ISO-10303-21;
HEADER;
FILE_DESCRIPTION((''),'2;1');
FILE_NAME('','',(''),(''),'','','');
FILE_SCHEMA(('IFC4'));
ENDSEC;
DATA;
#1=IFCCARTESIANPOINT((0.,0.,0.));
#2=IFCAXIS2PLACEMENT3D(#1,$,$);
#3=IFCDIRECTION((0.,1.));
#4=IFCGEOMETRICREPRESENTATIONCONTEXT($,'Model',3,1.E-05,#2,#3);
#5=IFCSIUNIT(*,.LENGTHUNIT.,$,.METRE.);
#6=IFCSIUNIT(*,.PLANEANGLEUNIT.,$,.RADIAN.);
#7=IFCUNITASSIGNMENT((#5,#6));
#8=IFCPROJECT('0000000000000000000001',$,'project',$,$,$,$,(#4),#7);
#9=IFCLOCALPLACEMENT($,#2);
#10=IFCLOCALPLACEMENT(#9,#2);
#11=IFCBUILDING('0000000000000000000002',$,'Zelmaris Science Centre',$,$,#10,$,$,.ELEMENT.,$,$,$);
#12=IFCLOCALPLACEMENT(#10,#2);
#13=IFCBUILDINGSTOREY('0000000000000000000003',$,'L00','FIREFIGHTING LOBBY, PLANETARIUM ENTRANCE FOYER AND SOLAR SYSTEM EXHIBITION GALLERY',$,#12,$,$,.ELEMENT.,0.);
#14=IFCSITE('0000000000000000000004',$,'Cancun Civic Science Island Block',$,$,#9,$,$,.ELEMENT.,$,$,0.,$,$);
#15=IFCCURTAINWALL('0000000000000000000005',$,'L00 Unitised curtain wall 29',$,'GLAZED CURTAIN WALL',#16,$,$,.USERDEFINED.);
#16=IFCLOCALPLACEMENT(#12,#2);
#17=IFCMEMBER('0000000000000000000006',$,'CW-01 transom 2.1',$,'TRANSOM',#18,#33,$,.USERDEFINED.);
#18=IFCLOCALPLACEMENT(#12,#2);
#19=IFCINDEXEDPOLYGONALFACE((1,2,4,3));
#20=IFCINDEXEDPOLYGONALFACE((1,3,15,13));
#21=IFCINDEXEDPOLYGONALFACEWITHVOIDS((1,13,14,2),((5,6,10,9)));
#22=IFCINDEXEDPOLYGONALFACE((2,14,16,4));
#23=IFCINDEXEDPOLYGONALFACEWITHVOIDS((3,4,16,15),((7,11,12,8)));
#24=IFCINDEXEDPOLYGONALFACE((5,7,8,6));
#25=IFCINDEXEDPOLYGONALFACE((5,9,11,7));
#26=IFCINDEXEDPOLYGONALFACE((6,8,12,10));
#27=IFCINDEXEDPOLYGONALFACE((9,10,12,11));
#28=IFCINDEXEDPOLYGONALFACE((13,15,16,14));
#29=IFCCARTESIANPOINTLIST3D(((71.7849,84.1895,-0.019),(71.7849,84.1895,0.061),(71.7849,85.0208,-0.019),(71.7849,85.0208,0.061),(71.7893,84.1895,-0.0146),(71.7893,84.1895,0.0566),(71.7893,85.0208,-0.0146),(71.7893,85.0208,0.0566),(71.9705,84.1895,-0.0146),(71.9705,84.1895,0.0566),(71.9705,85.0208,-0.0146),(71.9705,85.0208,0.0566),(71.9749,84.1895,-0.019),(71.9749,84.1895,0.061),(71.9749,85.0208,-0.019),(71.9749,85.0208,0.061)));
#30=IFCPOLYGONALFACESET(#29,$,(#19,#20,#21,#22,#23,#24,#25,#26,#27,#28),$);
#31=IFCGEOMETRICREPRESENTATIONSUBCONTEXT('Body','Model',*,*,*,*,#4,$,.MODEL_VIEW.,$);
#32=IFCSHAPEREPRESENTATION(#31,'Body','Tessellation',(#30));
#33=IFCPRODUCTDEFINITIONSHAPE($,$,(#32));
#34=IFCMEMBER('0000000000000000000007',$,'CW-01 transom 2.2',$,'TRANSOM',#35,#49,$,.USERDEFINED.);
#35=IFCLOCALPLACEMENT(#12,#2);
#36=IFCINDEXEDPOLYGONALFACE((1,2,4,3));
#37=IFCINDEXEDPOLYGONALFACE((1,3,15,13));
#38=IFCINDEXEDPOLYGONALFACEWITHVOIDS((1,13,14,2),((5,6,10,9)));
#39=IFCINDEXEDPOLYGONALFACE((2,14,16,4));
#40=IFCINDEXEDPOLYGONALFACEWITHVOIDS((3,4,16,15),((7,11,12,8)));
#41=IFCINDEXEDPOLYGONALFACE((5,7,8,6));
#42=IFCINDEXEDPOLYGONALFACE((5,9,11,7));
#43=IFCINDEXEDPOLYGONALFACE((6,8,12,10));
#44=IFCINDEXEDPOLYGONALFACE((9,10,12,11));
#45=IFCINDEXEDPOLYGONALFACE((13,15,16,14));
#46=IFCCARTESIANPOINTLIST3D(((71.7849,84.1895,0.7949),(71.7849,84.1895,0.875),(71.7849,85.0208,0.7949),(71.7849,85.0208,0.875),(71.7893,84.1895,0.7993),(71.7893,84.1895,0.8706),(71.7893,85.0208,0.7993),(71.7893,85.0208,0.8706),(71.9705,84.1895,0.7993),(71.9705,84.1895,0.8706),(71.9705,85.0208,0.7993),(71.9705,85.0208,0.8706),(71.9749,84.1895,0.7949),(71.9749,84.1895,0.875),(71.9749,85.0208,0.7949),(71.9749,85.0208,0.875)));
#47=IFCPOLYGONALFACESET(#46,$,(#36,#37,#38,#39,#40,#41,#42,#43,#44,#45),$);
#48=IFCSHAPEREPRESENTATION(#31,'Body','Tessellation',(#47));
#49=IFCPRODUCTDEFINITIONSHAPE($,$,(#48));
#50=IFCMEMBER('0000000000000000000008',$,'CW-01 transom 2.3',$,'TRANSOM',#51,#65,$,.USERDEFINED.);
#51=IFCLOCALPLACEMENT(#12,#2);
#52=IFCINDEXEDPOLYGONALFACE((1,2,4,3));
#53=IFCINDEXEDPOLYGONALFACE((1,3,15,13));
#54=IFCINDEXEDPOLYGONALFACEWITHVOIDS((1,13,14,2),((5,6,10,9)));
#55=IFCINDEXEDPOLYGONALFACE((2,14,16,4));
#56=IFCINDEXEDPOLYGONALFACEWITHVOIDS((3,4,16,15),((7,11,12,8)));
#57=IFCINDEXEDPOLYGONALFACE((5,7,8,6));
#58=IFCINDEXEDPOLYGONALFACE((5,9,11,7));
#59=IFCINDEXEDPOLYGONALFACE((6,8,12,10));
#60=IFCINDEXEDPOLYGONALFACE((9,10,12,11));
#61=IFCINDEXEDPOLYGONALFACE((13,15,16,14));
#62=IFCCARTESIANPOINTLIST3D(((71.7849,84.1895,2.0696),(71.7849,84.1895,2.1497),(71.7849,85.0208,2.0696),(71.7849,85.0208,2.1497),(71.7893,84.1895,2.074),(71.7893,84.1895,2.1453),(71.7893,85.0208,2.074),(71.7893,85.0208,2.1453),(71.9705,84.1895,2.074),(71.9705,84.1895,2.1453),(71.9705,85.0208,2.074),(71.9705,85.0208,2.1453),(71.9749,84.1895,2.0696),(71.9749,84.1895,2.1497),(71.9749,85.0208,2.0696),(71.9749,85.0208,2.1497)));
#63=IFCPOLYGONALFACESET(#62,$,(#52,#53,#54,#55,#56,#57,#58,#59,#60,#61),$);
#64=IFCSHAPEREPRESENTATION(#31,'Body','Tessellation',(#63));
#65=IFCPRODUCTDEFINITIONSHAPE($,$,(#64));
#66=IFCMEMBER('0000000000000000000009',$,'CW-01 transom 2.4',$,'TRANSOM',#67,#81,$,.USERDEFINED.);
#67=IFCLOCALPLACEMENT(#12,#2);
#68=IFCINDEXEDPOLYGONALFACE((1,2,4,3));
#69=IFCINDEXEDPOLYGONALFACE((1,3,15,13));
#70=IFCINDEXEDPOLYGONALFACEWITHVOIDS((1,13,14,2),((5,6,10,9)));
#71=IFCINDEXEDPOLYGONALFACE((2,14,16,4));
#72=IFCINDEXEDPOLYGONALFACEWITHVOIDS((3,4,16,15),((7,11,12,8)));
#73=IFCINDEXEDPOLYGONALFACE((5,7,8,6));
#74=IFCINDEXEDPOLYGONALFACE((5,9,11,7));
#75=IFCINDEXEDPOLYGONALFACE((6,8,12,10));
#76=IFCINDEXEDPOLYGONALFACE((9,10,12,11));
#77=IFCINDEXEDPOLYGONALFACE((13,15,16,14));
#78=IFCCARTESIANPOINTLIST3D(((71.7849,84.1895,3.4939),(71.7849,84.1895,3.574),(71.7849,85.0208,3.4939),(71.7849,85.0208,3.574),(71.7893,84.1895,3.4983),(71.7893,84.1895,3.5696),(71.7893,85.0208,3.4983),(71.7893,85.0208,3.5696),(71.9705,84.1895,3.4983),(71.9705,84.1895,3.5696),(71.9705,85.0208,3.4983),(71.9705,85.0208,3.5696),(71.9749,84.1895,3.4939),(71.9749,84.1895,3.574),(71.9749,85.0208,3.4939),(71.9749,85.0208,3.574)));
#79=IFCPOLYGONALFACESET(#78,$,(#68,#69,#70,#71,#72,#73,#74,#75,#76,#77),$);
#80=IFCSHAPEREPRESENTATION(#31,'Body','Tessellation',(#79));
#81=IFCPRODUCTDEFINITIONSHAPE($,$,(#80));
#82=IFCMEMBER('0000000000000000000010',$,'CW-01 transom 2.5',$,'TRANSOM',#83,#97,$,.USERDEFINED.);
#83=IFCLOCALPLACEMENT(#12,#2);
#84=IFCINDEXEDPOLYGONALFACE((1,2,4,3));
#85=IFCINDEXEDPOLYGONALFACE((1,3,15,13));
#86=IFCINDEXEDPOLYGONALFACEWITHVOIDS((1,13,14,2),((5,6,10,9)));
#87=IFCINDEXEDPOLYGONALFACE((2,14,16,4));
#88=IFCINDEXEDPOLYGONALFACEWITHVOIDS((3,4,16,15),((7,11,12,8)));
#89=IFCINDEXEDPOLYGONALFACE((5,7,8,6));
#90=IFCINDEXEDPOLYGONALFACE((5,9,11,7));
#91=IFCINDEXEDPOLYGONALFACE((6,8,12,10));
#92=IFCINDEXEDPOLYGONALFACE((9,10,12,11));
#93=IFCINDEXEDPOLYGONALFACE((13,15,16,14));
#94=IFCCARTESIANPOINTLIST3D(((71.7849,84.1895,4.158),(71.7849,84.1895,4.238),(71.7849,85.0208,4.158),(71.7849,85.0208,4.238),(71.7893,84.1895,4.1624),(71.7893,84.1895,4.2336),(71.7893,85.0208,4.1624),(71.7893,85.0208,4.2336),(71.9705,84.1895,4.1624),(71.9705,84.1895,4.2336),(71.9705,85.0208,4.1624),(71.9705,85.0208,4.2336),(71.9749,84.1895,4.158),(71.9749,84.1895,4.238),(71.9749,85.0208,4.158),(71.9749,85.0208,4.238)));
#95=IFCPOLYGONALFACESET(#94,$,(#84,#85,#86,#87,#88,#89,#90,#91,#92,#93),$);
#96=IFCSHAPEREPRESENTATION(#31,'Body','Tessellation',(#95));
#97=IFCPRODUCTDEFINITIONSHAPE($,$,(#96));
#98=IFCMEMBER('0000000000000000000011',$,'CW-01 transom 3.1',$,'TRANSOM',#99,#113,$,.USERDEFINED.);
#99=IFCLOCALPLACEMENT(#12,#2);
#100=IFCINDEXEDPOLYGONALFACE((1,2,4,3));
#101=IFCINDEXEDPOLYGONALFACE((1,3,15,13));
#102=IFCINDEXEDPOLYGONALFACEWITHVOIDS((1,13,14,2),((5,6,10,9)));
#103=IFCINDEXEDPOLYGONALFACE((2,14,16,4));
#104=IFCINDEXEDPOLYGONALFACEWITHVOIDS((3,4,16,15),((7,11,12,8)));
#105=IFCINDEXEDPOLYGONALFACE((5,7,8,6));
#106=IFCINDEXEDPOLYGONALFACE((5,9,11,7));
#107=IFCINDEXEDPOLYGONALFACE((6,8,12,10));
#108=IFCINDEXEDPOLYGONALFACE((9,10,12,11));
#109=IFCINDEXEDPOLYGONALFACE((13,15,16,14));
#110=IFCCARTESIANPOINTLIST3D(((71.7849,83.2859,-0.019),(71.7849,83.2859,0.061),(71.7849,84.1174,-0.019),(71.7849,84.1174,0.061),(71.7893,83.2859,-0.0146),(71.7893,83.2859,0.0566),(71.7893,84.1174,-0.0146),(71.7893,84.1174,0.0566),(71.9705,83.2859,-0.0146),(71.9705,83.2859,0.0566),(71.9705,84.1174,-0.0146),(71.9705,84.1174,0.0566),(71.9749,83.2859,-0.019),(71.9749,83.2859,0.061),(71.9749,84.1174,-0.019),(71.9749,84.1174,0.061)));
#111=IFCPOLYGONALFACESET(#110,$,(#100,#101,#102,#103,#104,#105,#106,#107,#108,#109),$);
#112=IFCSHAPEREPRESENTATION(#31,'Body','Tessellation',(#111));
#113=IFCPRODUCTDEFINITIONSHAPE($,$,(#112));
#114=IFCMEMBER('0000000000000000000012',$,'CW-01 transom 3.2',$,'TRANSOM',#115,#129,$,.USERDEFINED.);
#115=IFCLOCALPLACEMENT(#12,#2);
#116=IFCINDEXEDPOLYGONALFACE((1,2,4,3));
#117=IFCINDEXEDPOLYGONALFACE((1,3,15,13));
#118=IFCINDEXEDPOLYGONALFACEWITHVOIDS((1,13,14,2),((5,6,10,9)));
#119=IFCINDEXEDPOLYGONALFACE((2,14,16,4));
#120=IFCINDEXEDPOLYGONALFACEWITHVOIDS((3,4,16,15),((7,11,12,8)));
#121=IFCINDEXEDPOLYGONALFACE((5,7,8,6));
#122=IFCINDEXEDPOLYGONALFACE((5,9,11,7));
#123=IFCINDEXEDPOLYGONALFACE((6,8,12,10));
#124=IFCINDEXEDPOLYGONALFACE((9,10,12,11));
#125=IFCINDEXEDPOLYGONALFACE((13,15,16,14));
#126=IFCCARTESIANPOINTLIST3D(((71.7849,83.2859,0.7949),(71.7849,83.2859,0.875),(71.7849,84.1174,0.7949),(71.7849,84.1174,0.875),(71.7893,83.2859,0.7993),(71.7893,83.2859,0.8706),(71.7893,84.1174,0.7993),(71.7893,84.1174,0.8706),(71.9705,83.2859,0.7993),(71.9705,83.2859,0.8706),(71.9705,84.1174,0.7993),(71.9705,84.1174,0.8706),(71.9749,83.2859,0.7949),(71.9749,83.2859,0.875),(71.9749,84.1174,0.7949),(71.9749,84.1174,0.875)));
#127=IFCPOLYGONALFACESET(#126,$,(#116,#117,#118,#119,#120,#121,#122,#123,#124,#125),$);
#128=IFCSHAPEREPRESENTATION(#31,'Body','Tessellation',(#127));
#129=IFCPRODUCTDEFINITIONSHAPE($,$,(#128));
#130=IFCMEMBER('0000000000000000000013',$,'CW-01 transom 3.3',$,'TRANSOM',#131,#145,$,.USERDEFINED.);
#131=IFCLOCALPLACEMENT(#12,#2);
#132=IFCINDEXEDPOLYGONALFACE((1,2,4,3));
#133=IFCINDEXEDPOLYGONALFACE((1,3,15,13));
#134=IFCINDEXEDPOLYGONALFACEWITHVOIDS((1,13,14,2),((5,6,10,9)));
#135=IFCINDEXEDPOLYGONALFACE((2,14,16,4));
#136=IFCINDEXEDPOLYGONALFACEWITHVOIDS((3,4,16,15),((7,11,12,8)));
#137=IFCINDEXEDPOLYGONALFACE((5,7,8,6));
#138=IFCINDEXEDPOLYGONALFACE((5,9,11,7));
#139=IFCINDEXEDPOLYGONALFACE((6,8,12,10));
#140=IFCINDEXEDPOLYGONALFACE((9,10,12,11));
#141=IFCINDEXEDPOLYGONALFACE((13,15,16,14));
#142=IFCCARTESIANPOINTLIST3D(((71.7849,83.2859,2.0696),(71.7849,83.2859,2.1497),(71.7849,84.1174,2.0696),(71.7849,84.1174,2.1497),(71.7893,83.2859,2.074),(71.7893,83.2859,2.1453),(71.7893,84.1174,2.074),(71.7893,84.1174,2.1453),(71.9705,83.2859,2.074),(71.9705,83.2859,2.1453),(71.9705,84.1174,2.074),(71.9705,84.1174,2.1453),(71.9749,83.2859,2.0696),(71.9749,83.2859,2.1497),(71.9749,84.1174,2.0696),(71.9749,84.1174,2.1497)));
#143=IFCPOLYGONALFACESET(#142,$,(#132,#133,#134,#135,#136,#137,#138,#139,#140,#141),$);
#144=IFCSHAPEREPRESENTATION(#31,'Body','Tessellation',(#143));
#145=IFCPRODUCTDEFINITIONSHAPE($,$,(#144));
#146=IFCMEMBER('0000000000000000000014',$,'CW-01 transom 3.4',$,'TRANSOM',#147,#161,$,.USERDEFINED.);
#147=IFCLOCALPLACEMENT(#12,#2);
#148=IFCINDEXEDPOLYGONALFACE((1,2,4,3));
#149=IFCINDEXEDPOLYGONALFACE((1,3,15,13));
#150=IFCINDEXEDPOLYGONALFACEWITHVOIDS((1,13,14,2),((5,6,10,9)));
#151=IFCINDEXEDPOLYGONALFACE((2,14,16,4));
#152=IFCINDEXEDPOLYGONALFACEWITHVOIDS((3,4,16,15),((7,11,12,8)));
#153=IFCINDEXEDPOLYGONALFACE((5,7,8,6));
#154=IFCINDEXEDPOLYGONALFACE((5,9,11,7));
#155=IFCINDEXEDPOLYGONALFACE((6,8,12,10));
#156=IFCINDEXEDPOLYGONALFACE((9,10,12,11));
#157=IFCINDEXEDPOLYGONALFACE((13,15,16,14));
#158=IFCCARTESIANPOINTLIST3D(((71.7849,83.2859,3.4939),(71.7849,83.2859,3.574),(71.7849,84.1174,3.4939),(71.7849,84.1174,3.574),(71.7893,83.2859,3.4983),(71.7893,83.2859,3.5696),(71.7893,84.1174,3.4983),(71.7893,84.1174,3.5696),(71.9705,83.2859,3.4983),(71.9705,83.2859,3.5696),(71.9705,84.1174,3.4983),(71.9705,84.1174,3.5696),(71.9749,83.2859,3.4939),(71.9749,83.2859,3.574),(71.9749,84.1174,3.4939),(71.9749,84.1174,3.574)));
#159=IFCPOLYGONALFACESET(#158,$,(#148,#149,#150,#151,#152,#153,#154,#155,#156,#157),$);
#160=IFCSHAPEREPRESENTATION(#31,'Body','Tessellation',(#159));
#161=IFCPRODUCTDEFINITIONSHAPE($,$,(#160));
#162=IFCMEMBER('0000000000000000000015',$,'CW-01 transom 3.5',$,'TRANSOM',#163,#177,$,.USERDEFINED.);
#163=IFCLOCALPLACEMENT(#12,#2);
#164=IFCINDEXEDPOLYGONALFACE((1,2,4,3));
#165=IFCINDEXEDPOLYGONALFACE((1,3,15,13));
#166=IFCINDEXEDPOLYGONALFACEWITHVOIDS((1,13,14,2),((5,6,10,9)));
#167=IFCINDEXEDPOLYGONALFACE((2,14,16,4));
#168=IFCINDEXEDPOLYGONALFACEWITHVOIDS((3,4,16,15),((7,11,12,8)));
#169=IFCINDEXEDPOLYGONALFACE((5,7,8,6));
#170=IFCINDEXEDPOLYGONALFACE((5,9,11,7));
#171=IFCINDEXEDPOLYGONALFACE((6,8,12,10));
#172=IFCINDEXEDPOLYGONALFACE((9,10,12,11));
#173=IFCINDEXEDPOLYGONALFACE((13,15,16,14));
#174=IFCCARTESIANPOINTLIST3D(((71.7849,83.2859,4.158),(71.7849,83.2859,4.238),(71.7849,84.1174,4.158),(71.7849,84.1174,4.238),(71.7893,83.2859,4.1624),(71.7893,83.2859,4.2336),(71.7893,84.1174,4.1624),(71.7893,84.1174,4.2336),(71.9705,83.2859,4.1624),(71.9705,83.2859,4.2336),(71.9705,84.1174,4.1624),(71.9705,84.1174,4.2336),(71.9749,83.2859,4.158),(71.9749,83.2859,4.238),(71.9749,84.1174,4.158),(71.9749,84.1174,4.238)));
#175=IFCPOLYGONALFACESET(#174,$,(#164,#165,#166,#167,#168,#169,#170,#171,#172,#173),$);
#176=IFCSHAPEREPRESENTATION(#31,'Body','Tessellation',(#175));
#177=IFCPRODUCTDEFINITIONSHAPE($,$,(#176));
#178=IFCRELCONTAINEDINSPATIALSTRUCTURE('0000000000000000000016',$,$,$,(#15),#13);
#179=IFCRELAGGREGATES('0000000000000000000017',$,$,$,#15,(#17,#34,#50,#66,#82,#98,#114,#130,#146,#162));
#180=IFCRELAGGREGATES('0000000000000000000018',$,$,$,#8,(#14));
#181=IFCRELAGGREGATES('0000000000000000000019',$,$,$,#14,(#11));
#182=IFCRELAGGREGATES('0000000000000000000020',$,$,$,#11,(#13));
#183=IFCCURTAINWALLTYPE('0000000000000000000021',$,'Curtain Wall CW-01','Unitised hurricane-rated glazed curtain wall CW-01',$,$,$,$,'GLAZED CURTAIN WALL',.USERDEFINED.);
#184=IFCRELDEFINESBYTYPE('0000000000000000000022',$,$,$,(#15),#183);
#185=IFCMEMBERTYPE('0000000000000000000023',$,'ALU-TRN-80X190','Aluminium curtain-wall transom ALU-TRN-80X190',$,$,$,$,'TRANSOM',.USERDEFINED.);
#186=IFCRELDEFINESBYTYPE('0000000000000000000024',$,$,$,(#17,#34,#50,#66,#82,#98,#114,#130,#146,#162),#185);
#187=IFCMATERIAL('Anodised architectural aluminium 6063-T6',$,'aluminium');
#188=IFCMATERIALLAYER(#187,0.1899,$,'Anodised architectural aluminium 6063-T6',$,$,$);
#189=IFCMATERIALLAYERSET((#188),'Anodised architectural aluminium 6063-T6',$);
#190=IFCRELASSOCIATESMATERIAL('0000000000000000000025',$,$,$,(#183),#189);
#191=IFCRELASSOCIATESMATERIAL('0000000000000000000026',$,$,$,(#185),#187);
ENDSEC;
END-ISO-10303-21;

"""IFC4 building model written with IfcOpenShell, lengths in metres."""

from ifc_helpers import new_model, si_unit, direction, frame, origin, origin_2d, place, context, subcontext, project, spatial, hollow_rectangle, extrude, material, layer, layer_set, material_profile, profile_set, type_object, element, aggregate, save


model = new_model("IFC4")

# Units and contexts
model_context = context("Model", 3, precision=1e-05, world=origin(), true_north=direction((0.0, 1.0)))
body_context = subcontext(model_context, "Body", "Model", "MODEL_VIEW")
ifc_project = project(units=[si_unit("LENGTHUNIT", "METRE"), si_unit("PLANEANGLEUNIT", "RADIAN")], contexts=[model_context])

# Site, building, storey
site_placement = place(None, origin())
site = spatial("IfcSite", under=ifc_project, at=site_placement, Name="Cancun Civic Science Island Block", CompositionType="ELEMENT", RefElevation=0.0)
building_placement = place(site_placement, origin())
building = spatial("IfcBuilding", under=site, at=building_placement, Name="Zelmaris Science Centre", CompositionType="ELEMENT")
storey_placement = place(building_placement, origin())
storey = spatial("IfcBuildingStorey", under=building, at=storey_placement, Name="L00", Description="FIREFIGHTING LOBBY, PLANETARIUM ENTRANCE FOYER AND SOLAR SYSTEM EXHIBITION GALLERY", CompositionType="ELEMENT", Elevation=0.0)

# Curtain wall, members
ifc_material_1 = material(Name="Anodised architectural aluminium 6063-T6", Category="aluminium")
ifc_layer_1 = layer(ifc_material_1, 0.1899, Name="Anodised architectural aluminium 6063-T6")
ifc_layer_set_1 = layer_set([ifc_layer_1], Name="Anodised architectural aluminium 6063-T6")
curtain_wall_type = type_object("IfcCurtainWallType", Name="Curtain Wall CW-01", Description="Unitised hurricane-rated glazed curtain wall CW-01", ElementType="GLAZED CURTAIN WALL", PredefinedType="USERDEFINED", material=ifc_layer_set_1)
curtain_wall_placement = place(storey_placement, origin())
curtain_wall = element("IfcCurtainWall", 1, at=curtain_wall_placement, inside=storey, type_object=curtain_wall_type, Name="L00 Unitised curtain wall 29", ObjectType="GLAZED CURTAIN WALL", PredefinedType="USERDEFINED")
ifc_material_profile_1 = material_profile(ifc_material_1, hollow_rectangle(XDim=0.0801, YDim=0.1899, WallThickness=0.0044, at=origin_2d()), Name="ALU-TRN-80X190")
ifc_profile_set_1 = profile_set([ifc_material_profile_1], Name="Anodised architectural aluminium 6063-T6")
member_type_1 = type_object("IfcMemberType", Name="ALU-TRN-80X190", Description="Aluminium curtain-wall transom ALU-TRN-80X190", ElementType="TRANSOM", PredefinedType="USERDEFINED", material=ifc_profile_set_1)
member_1_placement = place(storey_placement, frame((71.8799, 85.0208, 0.021), z_axis=(0.0, -1.0, 0.0), x_axis=(0.0, 0.0, 1.0)))
member_1 = element("IfcMember", 2, at=member_1_placement, type_object=member_type_1, Name="CW-01 transom 2.1", ObjectType="TRANSOM", PredefinedType="USERDEFINED", context=body_context, shape_type="SweptSolid", body=[
    extrude(hollow_rectangle(XDim=0.0801, YDim=0.1899, WallThickness=0.0044, at=origin_2d()), origin(), (0.0, 0.0, 1.0), 0.8313),
])
member_2_placement = place(storey_placement, frame((71.8799, 85.0208, 0.835), z_axis=(0.0, -1.0, 0.0), x_axis=(0.0, 0.0, 1.0)))
member_2 = element("IfcMember", 3, at=member_2_placement, type_object=member_type_1, Name="CW-01 transom 2.2", ObjectType="TRANSOM", PredefinedType="USERDEFINED", context=body_context, shape_type="SweptSolid", body=[
    extrude(hollow_rectangle(XDim=0.0801, YDim=0.1899, WallThickness=0.0044, at=origin_2d()), origin(), (0.0, 0.0, 1.0), 0.8313),
])
member_3_placement = place(storey_placement, frame((71.8799, 85.0208, 2.1096), z_axis=(0.0, -1.0, 0.0), x_axis=(0.0, 0.0, 1.0)))
member_3 = element("IfcMember", 4, at=member_3_placement, type_object=member_type_1, Name="CW-01 transom 2.3", ObjectType="TRANSOM", PredefinedType="USERDEFINED", context=body_context, shape_type="SweptSolid", body=[
    extrude(hollow_rectangle(XDim=0.0801, YDim=0.1899, WallThickness=0.0044, at=origin_2d()), origin(), (0.0, 0.0, 1.0), 0.8313),
])
member_4_placement = place(storey_placement, frame((71.8799, 85.0208, 3.5339), z_axis=(0.0, -1.0, 0.0), x_axis=(0.0, 0.0, 1.0)))
member_4 = element("IfcMember", 5, at=member_4_placement, type_object=member_type_1, Name="CW-01 transom 2.4", ObjectType="TRANSOM", PredefinedType="USERDEFINED", context=body_context, shape_type="SweptSolid", body=[
    extrude(hollow_rectangle(XDim=0.0801, YDim=0.1899, WallThickness=0.0044, at=origin_2d()), origin(), (0.0, 0.0, 1.0), 0.8313),
])
member_5_placement = place(storey_placement, frame((71.8799, 85.0208, 4.198), z_axis=(0.0, -1.0, 0.0), x_axis=(0.0, 0.0, 1.0)))
member_5 = element("IfcMember", 6, at=member_5_placement, type_object=member_type_1, Name="CW-01 transom 2.5", ObjectType="TRANSOM", PredefinedType="USERDEFINED", context=body_context, shape_type="SweptSolid", body=[
    extrude(hollow_rectangle(XDim=0.0801, YDim=0.1899, WallThickness=0.0044, at=origin_2d()), origin(), (0.0, 0.0, 1.0), 0.8313),
])
member_6_placement = place(storey_placement, frame((71.8799, 84.1174, 0.021), z_axis=(0.0, -1.0, 0.0), x_axis=(0.0, 0.0, 1.0)))
member_6 = element("IfcMember", 7, at=member_6_placement, type_object=member_type_1, Name="CW-01 transom 3.1", ObjectType="TRANSOM", PredefinedType="USERDEFINED", context=body_context, shape_type="SweptSolid", body=[
    extrude(hollow_rectangle(XDim=0.0801, YDim=0.1899, WallThickness=0.0044, at=origin_2d()), origin(), (0.0, 0.0, 1.0), 0.8315),
])
member_7_placement = place(storey_placement, frame((71.8799, 84.1174, 0.835), z_axis=(0.0, -1.0, 0.0), x_axis=(0.0, 0.0, 1.0)))
member_7 = element("IfcMember", 8, at=member_7_placement, type_object=member_type_1, Name="CW-01 transom 3.2", ObjectType="TRANSOM", PredefinedType="USERDEFINED", context=body_context, shape_type="SweptSolid", body=[
    extrude(hollow_rectangle(XDim=0.0801, YDim=0.1899, WallThickness=0.0044, at=origin_2d()), origin(), (0.0, 0.0, 1.0), 0.8315),
])
member_8_placement = place(storey_placement, frame((71.8799, 84.1174, 2.1096), z_axis=(0.0, -1.0, 0.0), x_axis=(0.0, 0.0, 1.0)))
member_8 = element("IfcMember", 9, at=member_8_placement, type_object=member_type_1, Name="CW-01 transom 3.3", ObjectType="TRANSOM", PredefinedType="USERDEFINED", context=body_context, shape_type="SweptSolid", body=[
    extrude(hollow_rectangle(XDim=0.0801, YDim=0.1899, WallThickness=0.0044, at=origin_2d()), origin(), (0.0, 0.0, 1.0), 0.8315),
])
member_9_placement = place(storey_placement, frame((71.8799, 84.1174, 3.5339), z_axis=(0.0, -1.0, 0.0), x_axis=(0.0, 0.0, 1.0)))
member_9 = element("IfcMember", 10, at=member_9_placement, type_object=member_type_1, Name="CW-01 transom 3.4", ObjectType="TRANSOM", PredefinedType="USERDEFINED", context=body_context, shape_type="SweptSolid", body=[
    extrude(hollow_rectangle(XDim=0.0801, YDim=0.1899, WallThickness=0.0044, at=origin_2d()), origin(), (0.0, 0.0, 1.0), 0.8315),
])
member_10_placement = place(storey_placement, frame((71.8799, 84.1174, 4.198), z_axis=(0.0, -1.0, 0.0), x_axis=(0.0, 0.0, 1.0)))
member_10 = element("IfcMember", 11, at=member_10_placement, type_object=member_type_1, Name="CW-01 transom 3.5", ObjectType="TRANSOM", PredefinedType="USERDEFINED", context=body_context, shape_type="SweptSolid", body=[
    extrude(hollow_rectangle(XDim=0.0801, YDim=0.1899, WallThickness=0.0044, at=origin_2d()), origin(), (0.0, 0.0, 1.0), 0.8315),
])

aggregate(curtain_wall, [member_1, member_2, member_3, member_4, member_5, member_6, member_7, member_8, member_9, member_10])

save(model, "model.ifc")
